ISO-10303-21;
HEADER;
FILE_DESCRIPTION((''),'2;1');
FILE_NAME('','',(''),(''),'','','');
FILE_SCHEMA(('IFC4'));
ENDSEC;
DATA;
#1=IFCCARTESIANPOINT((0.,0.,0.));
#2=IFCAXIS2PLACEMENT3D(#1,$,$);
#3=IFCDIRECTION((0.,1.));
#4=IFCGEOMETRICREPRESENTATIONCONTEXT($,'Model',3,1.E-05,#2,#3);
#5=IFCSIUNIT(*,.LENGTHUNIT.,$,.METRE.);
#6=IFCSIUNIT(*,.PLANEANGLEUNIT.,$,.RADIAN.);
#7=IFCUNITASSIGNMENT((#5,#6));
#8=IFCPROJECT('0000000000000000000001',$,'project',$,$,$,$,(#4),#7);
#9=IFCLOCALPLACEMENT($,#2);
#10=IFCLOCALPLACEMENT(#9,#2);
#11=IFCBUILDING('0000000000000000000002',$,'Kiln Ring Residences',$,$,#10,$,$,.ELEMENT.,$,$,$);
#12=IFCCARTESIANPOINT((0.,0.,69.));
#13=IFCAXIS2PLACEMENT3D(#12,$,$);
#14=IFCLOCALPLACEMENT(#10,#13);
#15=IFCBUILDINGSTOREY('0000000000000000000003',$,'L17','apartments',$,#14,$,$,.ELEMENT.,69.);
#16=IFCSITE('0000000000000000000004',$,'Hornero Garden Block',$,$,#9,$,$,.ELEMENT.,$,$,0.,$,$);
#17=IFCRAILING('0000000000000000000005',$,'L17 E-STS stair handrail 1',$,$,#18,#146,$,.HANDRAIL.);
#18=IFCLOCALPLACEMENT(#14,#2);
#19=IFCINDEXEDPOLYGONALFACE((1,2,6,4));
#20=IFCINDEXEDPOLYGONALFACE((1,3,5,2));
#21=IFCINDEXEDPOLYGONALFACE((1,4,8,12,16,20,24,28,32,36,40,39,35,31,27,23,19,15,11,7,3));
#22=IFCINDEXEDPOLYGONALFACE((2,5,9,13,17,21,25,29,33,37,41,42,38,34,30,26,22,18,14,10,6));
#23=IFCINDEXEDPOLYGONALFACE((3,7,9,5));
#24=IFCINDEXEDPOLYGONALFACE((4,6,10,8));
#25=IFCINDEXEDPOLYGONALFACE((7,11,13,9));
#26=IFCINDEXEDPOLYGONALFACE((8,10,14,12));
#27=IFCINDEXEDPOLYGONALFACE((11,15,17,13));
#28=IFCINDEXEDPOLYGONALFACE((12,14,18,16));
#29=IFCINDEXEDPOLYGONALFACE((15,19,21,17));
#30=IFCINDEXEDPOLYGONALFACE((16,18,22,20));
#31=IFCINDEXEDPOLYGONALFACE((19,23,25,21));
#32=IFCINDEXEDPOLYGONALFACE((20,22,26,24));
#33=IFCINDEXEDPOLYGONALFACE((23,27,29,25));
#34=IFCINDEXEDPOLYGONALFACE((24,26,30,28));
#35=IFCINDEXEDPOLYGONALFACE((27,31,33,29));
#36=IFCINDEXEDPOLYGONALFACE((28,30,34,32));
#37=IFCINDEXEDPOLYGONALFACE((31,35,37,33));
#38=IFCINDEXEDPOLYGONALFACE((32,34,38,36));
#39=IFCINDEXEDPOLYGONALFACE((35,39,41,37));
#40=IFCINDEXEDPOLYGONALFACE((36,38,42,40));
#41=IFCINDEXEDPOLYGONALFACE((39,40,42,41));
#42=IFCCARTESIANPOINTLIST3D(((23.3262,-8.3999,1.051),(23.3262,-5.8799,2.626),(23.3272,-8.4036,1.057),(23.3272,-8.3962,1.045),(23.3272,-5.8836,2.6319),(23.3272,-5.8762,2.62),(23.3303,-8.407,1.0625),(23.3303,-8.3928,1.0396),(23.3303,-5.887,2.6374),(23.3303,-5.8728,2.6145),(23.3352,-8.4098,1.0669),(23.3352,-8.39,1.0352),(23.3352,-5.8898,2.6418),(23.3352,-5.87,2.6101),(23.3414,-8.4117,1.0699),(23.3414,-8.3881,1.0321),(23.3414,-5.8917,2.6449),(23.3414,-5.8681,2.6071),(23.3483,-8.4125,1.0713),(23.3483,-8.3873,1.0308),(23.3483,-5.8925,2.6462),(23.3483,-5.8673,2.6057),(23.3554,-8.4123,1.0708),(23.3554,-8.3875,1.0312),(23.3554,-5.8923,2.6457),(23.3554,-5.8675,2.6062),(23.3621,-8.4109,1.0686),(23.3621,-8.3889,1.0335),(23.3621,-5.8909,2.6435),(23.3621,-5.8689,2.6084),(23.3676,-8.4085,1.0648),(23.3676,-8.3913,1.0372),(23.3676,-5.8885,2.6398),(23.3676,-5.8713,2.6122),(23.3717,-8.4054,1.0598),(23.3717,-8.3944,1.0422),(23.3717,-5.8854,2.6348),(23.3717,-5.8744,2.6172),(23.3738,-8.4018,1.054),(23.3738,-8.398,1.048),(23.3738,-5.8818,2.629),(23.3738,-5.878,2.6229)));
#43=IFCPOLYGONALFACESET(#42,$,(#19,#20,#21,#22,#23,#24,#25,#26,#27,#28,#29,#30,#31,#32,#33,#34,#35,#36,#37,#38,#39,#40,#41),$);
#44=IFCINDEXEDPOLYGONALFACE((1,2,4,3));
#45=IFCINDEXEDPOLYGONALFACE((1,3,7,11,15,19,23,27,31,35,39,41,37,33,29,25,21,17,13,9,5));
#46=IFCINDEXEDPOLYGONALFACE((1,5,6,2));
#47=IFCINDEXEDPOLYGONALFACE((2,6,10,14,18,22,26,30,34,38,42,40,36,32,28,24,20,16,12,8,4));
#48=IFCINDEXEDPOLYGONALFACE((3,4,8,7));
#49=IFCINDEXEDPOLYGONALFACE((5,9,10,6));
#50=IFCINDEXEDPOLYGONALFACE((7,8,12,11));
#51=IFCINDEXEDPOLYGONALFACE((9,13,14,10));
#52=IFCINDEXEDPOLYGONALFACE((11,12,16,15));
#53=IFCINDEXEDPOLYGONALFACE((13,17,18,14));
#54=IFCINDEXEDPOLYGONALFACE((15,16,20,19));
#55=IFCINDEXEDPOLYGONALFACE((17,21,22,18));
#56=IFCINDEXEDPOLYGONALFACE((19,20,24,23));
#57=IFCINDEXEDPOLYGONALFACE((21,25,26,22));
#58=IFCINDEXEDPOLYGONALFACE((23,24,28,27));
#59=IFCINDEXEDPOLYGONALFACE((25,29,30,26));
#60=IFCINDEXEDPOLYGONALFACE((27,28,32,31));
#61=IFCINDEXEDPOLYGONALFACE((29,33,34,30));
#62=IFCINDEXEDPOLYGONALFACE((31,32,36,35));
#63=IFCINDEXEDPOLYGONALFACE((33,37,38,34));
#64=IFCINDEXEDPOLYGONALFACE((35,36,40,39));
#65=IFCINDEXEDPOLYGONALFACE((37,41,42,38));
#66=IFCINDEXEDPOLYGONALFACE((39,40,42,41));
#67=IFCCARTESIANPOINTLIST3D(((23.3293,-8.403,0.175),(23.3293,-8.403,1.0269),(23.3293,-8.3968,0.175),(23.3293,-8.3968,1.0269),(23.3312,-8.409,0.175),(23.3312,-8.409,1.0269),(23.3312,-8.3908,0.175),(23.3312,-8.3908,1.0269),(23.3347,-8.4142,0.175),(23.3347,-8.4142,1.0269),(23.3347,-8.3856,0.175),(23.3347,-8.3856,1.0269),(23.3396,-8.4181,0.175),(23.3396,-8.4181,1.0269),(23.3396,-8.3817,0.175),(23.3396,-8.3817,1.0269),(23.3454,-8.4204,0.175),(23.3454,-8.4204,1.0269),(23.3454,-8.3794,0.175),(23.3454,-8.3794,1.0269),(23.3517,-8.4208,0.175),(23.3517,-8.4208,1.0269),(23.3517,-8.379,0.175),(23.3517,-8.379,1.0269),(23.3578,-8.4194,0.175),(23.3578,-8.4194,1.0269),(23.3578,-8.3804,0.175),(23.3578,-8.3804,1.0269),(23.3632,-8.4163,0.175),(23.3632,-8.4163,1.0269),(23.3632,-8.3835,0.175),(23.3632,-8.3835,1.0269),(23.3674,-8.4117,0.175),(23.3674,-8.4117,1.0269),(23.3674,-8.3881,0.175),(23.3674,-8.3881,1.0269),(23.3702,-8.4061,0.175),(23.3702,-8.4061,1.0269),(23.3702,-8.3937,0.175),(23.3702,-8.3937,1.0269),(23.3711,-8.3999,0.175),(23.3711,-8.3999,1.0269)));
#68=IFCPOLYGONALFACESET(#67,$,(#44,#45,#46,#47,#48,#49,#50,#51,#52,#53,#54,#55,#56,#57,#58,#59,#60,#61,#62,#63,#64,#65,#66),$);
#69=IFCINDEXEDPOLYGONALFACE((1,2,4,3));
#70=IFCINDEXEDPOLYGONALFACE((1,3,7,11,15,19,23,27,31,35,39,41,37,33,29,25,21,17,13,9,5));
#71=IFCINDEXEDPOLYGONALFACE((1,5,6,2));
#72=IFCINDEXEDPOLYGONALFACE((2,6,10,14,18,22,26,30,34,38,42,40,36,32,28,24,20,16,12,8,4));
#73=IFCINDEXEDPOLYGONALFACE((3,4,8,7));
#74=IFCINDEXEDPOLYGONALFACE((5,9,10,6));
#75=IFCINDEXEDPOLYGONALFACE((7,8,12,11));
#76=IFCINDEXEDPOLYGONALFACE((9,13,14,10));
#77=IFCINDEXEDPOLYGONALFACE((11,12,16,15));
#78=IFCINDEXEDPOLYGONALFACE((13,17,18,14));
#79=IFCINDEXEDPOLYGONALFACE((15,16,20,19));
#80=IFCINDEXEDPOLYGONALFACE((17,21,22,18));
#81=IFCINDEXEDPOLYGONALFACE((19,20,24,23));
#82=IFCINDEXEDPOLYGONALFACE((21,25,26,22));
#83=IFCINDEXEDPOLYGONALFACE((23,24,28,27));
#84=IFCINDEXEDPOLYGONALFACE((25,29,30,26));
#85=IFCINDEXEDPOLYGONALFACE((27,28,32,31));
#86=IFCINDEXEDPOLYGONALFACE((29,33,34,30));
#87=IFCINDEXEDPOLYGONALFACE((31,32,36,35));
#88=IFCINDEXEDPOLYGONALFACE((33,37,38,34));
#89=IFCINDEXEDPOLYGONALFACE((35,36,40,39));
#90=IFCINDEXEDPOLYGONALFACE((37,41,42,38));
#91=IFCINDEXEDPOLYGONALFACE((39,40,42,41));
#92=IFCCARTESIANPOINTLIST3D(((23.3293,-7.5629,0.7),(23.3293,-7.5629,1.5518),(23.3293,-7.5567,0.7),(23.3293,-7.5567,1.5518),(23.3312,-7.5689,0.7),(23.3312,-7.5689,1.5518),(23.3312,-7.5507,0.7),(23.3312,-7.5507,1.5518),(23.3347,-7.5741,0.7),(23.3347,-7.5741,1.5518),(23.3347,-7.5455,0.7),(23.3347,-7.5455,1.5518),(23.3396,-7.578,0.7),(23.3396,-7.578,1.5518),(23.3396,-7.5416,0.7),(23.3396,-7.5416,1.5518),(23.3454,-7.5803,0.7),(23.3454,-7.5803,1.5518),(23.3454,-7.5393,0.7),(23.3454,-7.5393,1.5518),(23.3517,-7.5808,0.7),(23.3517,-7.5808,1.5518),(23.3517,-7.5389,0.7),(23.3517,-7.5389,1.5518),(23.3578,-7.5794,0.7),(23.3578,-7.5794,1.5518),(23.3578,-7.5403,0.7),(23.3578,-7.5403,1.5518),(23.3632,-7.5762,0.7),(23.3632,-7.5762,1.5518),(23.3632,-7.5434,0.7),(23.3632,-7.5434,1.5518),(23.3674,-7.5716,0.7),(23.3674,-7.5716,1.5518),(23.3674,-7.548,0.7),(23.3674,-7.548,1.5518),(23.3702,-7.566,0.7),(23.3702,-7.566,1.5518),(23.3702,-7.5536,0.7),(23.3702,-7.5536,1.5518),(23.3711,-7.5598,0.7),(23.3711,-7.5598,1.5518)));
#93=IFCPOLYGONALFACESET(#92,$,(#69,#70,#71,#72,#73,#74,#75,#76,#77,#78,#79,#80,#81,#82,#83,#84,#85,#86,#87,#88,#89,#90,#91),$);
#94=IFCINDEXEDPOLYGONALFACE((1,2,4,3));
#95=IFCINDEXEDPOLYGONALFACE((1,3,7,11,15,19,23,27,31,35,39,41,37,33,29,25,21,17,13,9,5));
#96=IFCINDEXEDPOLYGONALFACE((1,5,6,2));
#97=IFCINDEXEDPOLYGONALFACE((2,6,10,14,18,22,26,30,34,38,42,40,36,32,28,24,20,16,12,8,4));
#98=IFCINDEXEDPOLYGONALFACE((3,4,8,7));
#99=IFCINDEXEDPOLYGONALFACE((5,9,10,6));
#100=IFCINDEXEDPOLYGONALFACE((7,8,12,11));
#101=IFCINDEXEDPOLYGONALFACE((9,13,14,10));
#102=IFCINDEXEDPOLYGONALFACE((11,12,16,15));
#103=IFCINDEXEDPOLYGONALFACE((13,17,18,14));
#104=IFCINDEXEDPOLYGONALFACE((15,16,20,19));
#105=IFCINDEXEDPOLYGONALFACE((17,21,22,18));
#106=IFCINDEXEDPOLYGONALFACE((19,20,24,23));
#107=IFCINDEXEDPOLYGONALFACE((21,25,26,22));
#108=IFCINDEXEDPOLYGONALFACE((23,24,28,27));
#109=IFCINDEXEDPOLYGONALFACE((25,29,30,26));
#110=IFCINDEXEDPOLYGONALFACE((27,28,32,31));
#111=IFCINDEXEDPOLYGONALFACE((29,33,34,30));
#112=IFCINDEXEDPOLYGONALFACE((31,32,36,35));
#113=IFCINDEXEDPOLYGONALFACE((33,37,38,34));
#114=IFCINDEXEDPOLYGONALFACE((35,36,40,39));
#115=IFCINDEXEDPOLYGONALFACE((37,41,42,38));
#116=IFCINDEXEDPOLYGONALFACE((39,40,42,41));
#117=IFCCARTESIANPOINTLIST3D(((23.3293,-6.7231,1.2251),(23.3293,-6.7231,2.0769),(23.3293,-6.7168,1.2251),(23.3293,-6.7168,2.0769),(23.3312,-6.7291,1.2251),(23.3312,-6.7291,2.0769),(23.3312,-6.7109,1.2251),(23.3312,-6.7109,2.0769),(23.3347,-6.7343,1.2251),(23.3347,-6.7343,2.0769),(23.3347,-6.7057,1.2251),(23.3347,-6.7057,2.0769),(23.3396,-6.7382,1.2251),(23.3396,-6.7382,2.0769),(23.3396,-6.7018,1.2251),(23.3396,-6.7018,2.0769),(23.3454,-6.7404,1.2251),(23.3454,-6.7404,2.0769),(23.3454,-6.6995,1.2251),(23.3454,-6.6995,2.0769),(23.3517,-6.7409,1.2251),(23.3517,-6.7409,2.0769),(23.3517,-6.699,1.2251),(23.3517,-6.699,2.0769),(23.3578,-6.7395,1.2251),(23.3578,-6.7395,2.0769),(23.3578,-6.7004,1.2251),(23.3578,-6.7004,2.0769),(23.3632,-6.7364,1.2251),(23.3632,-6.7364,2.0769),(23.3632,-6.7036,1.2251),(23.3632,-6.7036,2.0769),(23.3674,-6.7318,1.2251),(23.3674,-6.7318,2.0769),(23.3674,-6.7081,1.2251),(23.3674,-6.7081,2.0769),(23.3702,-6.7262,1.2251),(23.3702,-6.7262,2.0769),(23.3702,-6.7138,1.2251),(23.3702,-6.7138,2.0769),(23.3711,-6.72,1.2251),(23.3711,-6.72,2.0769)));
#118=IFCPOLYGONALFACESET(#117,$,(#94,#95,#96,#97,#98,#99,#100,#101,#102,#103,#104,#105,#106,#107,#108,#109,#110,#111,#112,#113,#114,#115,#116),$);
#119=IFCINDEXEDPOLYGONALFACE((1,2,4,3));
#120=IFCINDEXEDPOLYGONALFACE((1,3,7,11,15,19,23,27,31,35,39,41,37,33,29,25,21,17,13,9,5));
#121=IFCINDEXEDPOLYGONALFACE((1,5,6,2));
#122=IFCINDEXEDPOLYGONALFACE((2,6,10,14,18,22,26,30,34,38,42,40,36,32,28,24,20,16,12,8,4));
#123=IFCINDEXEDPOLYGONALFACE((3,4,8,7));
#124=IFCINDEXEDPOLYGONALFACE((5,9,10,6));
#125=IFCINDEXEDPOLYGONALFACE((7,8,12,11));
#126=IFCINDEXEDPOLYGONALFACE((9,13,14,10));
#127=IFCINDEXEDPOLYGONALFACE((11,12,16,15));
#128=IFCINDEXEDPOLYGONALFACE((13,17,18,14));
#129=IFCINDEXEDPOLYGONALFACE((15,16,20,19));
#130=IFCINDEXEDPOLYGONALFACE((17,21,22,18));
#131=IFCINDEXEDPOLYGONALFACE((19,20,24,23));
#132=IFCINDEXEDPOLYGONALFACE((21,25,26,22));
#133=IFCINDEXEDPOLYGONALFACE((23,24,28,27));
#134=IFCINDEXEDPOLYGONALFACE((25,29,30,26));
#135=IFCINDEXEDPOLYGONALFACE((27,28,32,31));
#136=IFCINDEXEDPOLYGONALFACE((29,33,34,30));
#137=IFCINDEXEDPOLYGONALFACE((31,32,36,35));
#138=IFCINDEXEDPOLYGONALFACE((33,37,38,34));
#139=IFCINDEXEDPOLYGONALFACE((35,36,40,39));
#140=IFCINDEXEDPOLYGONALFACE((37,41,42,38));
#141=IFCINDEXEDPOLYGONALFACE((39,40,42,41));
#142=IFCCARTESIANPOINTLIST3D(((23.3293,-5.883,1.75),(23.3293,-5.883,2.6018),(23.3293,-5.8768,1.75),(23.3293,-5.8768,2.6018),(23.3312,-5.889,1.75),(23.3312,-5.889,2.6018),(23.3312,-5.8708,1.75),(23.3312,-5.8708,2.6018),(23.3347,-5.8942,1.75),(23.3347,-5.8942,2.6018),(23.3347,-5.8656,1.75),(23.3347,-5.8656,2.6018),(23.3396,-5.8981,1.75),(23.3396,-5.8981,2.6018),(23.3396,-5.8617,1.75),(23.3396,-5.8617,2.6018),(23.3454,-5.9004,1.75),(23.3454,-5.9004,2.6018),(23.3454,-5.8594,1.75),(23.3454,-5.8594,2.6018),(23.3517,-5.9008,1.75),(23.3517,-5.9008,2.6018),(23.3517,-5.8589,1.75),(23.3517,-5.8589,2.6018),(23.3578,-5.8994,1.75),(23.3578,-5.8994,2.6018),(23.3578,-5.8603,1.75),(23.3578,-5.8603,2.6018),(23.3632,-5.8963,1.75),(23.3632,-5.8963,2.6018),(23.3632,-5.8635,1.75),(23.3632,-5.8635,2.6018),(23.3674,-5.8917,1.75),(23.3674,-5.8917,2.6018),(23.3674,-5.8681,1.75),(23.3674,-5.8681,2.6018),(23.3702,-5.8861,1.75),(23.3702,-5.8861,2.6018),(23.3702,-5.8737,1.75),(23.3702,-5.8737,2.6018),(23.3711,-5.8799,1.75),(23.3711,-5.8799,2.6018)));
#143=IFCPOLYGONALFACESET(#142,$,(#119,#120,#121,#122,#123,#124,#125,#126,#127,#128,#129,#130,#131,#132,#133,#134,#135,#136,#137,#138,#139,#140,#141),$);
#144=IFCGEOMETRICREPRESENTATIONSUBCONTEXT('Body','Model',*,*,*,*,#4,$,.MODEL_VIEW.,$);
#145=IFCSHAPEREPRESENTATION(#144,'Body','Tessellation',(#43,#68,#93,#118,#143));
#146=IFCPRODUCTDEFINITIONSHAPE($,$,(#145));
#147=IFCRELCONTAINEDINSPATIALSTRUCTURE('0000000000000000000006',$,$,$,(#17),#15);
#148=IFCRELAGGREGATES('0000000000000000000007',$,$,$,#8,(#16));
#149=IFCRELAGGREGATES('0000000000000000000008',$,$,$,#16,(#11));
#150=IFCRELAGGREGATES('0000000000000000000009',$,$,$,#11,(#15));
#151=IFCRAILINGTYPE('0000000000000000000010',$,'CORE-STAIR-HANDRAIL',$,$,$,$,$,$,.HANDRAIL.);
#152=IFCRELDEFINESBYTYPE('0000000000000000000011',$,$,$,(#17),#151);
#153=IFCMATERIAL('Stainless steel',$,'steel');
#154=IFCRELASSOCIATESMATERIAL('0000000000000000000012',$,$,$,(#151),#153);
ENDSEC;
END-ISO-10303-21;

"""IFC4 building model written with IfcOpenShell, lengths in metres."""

from ifc_helpers import new_model, si_unit, direction, frame, origin, origin_2d, place, context, subcontext, project, spatial, circle, extrude, material, type_object, element, save


model = new_model("IFC4")

# Units and contexts
model_context = context("Model", 3, precision=1e-05, world=origin(), true_north=direction((0.0, 1.0)))
body_context = subcontext(model_context, "Body", "Model", "MODEL_VIEW")
ifc_project = project(units=[si_unit("LENGTHUNIT", "METRE"), si_unit("PLANEANGLEUNIT", "RADIAN")], contexts=[model_context])

# Site, building, storey
site_placement = place(None, origin())
site = spatial("IfcSite", under=ifc_project, at=site_placement, Name="Hornero Garden Block", CompositionType="ELEMENT", RefElevation=0.0)
building_placement = place(site_placement, origin())
building = spatial("IfcBuilding", under=site, at=building_placement, Name="Kiln Ring Residences", CompositionType="ELEMENT")
storey_placement = place(building_placement, frame((0.0, 0.0, 69.0)))
storey = spatial("IfcBuildingStorey", under=building, at=storey_placement, Name="L17", Description="apartments", CompositionType="ELEMENT", Elevation=69.0)

# Railing
ifc_material_1 = material(Name="Stainless steel", Category="steel")
railing_type_1 = type_object("IfcRailingType", Name="CORE-STAIR-HANDRAIL", PredefinedType="HANDRAIL", material=ifc_material_1)
railing_1_placement = place(storey_placement, frame((23.3501, -8.3999, 0.175)))
element("IfcRailing", 1, at=railing_1_placement, inside=storey, type_object=railing_type_1, Name="L17 E-STS stair handrail 1", PredefinedType="HANDRAIL", context=body_context, shape_type="SweptSolid", body=[
    extrude(circle(Radius=0.0239, at=origin_2d()), frame((0.0, 0.0, 0.876), z_axis=(0.0, 0.848008, 0.529984), x_axis=(-1.0, 0.0, 0.0)), (0.0, 0.0, 1.0), 2.9717),
    extrude(circle(Radius=0.021, at=origin_2d()), origin(), (0.0, 0.0, 1.0), 0.8518),
    extrude(circle(Radius=0.021, at=origin_2d()), frame((0.0, 0.8401, 0.5249)), (0.0, 0.0, 1.0), 0.8518),
    extrude(circle(Radius=0.021, at=origin_2d()), frame((0.0, 1.6799, 1.05)), (0.0, 0.0, 1.0), 0.8518),
    extrude(circle(Radius=0.021, at=origin_2d()), frame((0.0, 2.52, 1.575)), (0.0, 0.0, 1.0), 0.8518),
])

save(model, "model.ifc")
